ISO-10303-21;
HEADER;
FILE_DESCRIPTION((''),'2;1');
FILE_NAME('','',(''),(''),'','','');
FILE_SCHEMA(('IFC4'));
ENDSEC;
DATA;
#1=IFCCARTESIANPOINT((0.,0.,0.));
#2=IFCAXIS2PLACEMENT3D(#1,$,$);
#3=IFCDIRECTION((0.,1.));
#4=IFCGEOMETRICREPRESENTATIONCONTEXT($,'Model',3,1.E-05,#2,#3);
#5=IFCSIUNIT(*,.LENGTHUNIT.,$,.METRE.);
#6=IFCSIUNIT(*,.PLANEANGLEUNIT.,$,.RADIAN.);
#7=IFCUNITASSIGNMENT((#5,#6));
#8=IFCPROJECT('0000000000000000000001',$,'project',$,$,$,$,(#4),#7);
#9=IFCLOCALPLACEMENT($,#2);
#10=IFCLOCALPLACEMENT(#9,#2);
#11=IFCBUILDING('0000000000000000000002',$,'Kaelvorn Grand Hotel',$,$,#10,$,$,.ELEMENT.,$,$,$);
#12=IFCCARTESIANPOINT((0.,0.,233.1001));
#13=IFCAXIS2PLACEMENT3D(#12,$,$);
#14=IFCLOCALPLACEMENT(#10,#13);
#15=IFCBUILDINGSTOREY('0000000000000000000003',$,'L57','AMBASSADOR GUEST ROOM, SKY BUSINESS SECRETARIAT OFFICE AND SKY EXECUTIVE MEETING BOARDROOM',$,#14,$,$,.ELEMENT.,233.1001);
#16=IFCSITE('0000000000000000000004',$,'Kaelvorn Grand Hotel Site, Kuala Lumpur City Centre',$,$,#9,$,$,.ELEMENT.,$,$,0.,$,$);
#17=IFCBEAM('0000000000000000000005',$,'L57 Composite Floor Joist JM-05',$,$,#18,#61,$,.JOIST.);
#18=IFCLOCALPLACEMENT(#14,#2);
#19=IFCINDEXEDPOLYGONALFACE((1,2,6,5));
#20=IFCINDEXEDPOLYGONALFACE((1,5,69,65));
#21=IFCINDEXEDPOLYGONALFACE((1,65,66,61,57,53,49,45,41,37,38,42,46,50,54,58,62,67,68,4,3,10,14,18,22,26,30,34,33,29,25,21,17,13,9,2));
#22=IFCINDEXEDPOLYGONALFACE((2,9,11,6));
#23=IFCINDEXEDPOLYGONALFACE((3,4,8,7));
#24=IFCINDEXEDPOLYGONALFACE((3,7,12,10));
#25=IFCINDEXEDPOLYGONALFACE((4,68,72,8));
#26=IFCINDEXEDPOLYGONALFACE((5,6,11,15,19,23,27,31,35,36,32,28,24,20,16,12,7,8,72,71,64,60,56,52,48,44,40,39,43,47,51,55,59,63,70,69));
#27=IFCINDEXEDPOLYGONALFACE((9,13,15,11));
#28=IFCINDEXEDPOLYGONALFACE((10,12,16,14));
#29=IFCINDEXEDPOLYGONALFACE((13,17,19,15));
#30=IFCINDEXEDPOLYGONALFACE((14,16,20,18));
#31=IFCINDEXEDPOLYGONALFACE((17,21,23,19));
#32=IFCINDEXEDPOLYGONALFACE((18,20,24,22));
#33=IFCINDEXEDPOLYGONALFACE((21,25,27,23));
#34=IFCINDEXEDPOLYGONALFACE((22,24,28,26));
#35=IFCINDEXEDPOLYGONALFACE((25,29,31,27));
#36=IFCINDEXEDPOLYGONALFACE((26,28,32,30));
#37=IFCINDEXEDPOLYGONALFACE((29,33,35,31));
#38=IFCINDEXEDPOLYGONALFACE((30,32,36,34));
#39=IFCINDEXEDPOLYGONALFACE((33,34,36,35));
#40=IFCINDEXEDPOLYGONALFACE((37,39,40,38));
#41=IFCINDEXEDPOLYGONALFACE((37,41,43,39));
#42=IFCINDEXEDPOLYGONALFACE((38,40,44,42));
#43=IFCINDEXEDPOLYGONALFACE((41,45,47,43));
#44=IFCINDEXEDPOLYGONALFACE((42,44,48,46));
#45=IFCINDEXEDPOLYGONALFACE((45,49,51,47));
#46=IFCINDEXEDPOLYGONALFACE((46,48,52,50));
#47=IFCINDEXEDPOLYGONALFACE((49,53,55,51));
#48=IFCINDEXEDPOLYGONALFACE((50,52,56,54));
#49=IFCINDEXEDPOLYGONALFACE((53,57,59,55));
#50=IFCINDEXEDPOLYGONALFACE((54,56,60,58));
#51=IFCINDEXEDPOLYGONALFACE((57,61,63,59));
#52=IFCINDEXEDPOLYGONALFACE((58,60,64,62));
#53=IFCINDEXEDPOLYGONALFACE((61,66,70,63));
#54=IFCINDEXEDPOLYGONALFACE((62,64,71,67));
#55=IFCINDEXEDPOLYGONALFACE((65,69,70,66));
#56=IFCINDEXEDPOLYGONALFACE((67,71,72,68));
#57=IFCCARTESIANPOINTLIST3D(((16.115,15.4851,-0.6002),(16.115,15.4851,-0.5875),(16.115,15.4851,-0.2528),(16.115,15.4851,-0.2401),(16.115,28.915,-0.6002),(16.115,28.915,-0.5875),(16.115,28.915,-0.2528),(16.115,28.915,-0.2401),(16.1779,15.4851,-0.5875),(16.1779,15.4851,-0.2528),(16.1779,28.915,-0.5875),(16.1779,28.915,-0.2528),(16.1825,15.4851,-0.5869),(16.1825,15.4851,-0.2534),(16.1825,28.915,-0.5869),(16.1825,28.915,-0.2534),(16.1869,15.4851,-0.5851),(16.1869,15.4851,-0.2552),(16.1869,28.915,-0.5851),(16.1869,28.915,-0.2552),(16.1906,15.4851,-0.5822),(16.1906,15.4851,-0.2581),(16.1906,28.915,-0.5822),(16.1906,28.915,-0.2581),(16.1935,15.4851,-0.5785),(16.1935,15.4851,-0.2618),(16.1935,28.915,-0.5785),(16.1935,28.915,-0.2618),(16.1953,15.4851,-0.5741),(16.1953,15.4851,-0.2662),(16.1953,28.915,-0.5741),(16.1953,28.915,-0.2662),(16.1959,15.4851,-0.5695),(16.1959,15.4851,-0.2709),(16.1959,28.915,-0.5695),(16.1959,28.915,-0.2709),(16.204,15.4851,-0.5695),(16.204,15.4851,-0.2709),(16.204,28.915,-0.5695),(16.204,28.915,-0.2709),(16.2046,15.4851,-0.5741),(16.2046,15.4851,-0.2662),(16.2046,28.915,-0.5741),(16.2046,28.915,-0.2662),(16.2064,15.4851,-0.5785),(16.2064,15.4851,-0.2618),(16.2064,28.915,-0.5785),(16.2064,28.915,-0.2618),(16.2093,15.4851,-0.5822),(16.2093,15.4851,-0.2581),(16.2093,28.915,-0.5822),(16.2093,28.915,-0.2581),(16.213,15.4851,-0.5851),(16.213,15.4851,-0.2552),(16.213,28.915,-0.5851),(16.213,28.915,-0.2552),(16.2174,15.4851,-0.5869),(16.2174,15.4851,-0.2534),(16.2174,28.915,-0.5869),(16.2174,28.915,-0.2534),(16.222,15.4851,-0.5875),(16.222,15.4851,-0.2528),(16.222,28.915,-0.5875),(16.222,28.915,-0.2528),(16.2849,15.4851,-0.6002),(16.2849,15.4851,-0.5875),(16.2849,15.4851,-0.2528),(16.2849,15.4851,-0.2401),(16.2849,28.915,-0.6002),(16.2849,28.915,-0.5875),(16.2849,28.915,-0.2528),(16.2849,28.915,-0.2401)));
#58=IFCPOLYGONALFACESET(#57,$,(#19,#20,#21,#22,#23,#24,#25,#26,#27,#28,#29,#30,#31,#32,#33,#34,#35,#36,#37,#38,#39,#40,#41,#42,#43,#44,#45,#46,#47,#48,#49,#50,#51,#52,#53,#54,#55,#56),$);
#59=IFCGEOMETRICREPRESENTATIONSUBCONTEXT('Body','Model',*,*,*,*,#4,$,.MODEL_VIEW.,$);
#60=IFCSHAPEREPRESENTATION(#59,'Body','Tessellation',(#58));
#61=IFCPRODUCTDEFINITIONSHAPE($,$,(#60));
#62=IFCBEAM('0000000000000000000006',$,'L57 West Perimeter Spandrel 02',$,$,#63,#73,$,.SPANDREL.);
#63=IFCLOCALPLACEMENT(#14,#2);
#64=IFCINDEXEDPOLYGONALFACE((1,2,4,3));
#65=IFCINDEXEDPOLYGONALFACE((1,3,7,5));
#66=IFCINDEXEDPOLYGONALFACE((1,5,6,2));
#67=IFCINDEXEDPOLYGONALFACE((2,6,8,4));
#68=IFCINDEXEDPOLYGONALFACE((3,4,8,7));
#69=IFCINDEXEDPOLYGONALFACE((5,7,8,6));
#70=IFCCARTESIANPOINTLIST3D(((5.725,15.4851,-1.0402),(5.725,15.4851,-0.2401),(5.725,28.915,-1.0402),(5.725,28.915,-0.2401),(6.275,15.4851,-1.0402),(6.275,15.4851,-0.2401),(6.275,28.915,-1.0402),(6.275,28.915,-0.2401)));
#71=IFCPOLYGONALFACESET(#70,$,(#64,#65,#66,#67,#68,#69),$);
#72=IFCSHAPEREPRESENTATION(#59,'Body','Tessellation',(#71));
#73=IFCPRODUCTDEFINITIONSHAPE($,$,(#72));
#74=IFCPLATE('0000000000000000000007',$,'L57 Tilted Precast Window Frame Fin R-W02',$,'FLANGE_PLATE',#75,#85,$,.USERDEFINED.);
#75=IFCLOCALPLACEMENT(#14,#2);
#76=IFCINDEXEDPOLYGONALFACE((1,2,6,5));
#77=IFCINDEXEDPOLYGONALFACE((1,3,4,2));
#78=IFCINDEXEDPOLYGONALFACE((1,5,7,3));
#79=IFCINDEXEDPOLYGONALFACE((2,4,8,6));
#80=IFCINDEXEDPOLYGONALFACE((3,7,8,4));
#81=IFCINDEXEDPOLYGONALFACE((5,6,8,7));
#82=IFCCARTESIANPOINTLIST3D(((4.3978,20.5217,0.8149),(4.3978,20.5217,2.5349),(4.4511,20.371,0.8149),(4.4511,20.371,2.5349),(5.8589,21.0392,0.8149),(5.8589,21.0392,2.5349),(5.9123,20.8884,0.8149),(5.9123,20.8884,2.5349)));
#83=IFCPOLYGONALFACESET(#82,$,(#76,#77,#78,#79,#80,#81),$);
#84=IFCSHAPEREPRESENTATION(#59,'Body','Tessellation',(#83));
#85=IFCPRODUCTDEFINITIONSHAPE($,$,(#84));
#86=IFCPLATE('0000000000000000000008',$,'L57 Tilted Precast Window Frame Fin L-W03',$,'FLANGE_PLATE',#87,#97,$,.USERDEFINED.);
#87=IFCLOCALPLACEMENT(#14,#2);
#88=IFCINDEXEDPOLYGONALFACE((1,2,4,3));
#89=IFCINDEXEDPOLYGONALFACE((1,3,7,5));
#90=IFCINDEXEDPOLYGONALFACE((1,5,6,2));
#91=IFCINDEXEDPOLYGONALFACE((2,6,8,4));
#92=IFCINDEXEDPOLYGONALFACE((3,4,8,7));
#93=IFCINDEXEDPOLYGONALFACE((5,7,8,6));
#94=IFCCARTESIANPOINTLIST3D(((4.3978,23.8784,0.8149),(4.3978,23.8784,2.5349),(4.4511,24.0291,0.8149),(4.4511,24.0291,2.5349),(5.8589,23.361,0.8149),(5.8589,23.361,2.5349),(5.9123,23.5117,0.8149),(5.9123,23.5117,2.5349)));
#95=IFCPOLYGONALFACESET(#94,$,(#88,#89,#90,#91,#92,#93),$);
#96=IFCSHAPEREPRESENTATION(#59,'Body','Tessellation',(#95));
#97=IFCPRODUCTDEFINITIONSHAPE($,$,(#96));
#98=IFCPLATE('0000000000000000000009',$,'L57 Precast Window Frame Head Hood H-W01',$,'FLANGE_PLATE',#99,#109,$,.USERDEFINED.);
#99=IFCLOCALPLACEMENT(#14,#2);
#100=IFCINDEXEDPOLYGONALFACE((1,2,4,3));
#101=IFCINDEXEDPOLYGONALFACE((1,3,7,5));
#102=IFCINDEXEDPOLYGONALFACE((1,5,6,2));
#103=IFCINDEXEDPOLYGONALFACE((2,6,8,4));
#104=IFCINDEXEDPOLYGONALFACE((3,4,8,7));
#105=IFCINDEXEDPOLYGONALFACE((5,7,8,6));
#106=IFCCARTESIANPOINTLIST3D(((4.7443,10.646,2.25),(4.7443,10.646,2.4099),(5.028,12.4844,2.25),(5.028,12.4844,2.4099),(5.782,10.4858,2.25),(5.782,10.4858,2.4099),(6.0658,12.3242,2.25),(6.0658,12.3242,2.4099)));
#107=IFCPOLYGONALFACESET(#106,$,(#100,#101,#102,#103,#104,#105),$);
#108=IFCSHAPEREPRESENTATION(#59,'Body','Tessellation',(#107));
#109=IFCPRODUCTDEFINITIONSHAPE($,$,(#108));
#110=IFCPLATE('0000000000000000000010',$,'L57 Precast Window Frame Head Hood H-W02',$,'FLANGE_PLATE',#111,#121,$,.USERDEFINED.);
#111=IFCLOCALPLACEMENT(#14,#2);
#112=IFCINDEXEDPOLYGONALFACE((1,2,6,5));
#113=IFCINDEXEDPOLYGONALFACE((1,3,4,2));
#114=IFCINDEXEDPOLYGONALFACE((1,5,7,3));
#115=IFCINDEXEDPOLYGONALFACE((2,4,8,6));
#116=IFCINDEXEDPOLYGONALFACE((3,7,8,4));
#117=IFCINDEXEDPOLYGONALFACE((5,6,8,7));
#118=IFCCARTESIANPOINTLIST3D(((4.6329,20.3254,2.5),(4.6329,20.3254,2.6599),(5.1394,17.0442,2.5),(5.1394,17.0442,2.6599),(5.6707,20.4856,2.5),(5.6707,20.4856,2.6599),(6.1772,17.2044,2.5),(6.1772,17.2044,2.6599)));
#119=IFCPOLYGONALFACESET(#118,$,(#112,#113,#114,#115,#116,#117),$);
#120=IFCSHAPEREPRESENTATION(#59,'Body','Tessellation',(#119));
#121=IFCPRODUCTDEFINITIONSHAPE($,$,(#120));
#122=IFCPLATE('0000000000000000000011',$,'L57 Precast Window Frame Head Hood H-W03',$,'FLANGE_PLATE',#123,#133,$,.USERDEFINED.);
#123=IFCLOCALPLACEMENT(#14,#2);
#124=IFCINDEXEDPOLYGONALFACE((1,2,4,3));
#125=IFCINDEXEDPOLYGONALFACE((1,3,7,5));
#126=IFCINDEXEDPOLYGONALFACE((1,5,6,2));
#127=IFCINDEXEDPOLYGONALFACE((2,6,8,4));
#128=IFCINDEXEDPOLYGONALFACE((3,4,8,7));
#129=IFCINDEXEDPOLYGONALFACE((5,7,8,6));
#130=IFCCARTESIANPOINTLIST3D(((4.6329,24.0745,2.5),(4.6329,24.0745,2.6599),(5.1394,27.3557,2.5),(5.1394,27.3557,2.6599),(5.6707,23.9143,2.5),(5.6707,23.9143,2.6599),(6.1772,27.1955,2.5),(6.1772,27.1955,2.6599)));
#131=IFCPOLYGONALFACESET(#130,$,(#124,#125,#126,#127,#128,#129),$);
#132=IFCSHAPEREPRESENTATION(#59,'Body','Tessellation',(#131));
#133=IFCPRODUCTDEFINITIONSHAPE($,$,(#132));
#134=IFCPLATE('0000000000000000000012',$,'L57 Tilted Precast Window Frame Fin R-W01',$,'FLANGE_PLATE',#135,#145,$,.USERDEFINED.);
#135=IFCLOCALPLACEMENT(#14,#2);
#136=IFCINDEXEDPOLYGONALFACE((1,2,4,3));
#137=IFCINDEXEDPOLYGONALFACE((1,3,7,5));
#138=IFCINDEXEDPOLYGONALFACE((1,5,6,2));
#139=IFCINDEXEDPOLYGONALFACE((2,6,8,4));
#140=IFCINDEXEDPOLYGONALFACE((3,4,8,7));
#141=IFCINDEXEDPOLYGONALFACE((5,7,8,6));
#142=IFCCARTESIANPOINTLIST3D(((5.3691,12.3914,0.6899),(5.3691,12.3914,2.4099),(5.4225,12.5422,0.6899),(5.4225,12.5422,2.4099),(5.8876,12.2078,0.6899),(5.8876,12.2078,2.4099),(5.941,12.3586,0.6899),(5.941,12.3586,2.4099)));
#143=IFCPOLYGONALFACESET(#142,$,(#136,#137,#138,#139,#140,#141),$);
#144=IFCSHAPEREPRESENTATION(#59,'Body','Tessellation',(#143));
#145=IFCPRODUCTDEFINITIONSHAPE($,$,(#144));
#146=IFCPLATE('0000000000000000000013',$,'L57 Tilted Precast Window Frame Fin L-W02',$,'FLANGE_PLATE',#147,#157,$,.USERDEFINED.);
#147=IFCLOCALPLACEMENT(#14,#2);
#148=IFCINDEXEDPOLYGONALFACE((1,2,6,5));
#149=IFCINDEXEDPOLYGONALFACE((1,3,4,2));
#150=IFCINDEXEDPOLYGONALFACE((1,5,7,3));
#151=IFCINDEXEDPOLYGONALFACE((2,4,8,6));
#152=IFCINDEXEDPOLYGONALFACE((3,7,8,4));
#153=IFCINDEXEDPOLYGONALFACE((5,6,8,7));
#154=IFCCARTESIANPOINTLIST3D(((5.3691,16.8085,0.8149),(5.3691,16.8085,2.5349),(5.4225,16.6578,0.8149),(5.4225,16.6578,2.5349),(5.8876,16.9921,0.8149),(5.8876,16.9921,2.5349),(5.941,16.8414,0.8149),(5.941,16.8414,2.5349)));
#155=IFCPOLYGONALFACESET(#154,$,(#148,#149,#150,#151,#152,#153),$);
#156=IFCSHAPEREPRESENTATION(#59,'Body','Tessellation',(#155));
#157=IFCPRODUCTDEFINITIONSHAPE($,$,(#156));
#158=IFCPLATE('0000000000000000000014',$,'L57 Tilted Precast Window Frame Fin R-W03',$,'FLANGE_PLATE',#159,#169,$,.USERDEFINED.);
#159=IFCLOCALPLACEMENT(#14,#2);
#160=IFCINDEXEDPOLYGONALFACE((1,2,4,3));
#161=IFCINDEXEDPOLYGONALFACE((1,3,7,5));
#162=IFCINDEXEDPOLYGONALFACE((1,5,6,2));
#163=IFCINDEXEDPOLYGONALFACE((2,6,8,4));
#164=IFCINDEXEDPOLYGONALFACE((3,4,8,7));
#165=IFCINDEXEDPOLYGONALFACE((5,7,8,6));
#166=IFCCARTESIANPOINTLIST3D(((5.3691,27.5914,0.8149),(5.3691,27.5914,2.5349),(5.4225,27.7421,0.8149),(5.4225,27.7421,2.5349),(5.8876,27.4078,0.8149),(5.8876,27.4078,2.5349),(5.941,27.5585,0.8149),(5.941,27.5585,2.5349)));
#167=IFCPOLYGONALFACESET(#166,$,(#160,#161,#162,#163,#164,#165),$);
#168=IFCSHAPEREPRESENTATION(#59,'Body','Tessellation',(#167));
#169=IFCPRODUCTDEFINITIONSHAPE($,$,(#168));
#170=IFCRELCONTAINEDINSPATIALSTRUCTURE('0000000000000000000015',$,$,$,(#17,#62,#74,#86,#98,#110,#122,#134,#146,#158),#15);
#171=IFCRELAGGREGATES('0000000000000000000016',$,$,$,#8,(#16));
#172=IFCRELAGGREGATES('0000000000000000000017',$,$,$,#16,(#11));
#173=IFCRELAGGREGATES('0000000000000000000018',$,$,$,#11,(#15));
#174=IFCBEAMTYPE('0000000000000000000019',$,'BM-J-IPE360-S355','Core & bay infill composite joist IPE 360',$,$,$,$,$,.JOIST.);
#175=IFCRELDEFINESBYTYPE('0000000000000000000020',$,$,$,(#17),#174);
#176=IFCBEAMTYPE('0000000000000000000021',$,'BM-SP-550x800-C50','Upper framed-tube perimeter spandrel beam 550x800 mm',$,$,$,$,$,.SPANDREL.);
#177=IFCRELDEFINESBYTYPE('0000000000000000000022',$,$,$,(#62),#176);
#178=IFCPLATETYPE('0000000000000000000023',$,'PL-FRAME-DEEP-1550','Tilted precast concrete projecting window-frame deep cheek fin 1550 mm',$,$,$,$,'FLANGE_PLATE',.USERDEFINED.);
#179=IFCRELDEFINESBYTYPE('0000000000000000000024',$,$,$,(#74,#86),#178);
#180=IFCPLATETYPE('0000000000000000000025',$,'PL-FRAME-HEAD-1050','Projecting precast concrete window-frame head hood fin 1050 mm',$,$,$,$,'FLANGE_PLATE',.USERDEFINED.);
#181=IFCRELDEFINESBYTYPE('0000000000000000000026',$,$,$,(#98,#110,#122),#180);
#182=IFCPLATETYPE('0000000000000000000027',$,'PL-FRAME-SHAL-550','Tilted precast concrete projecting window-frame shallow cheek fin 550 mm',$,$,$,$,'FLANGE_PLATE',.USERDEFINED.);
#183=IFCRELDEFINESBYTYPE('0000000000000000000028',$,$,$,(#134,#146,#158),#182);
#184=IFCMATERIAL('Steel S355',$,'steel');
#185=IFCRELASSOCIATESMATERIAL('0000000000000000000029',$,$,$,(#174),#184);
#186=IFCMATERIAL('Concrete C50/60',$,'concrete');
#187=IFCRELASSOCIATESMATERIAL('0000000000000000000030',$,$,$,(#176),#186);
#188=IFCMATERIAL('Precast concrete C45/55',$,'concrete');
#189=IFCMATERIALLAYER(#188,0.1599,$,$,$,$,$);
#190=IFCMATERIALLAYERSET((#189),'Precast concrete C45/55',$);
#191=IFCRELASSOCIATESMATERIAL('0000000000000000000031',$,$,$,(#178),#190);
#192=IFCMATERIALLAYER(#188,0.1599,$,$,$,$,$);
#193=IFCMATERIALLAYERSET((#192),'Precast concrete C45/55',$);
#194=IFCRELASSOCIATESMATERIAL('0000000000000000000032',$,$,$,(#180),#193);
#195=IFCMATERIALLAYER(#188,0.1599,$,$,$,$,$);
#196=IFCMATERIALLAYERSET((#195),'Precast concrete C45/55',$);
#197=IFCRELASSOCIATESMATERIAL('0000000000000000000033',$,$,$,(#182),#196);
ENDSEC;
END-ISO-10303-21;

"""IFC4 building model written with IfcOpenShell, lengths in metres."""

from ifc_helpers import new_model, si_unit, direction, frame, origin, origin_2d, place, context, subcontext, project, spatial, rectangle, i_section, extrude, material, layer, layer_set, material_profile, profile_set, type_object, element, save


model = new_model("IFC4")

# Units and contexts
model_context = context("Model", 3, precision=1e-05, world=origin(), true_north=direction((0.0, 1.0)))
body_context = subcontext(model_context, "Body", "Model", "MODEL_VIEW")
ifc_project = project(units=[si_unit("LENGTHUNIT", "METRE"), si_unit("PLANEANGLEUNIT", "RADIAN")], contexts=[model_context])

# Site, building, storey
site_placement = place(None, origin())
site = spatial("IfcSite", under=ifc_project, at=site_placement, Name="Kaelvorn Grand Hotel Site, Kuala Lumpur City Centre", CompositionType="ELEMENT", RefElevation=0.0)
building_placement = place(site_placement, origin())
building = spatial("IfcBuilding", under=site, at=building_placement, Name="Kaelvorn Grand Hotel", CompositionType="ELEMENT")
storey_placement = place(building_placement, frame((0.0, 0.0, 233.1001)))
storey = spatial("IfcBuildingStorey", under=building, at=storey_placement, Name="L57", Description="AMBASSADOR GUEST ROOM, SKY BUSINESS SECRETARIAT OFFICE AND SKY EXECUTIVE MEETING BOARDROOM", CompositionType="ELEMENT", Elevation=233.1001)

# Shared definitions
ifc_material_1 = material(Name="Concrete C50/60", Category="concrete")

# Beams
ifc_material_2 = material(Name="Steel S355", Category="steel")
ifc_material_profile_1 = material_profile(ifc_material_2, i_section(OverallWidth=0.1699, OverallDepth=0.3601, WebThickness=0.0081, FlangeThickness=0.0127, FilletRadius=0.0181, at=origin_2d()), Name="IPE 360")
ifc_profile_set_1 = profile_set([ifc_material_profile_1], Name="Steel S355")
beam_type_1 = type_object("IfcBeamType", Name="BM-J-IPE360-S355", Description="Core & bay infill composite joist IPE 360", PredefinedType="JOIST", material=ifc_profile_set_1)
beam_1_placement = place(storey_placement, frame((16.2, 15.4851, -0.4202), z_axis=(0.0, 1.0, 0.0), x_axis=(-1.0, 0.0, 0.0)))
element("IfcBeam", 1, at=beam_1_placement, inside=storey, type_object=beam_type_1, Name="L57 Composite Floor Joist JM-05", PredefinedType="JOIST", context=body_context, shape_type="SweptSolid", body=[
    extrude(i_section(OverallWidth=0.1699, OverallDepth=0.3601, WebThickness=0.0081, FlangeThickness=0.0127, FilletRadius=0.0181, at=origin_2d()), origin(), (0.0, 0.0, 1.0), 13.4299),
])
ifc_material_profile_2 = material_profile(ifc_material_1, rectangle(XDim=0.55, YDim=0.8, at=origin_2d()), Name="RC SPANDREL 550x800")
ifc_profile_set_2 = profile_set([ifc_material_profile_2], Name="Concrete C50/60")
beam_type_2 = type_object("IfcBeamType", Name="BM-SP-550x800-C50", Description="Upper framed-tube perimeter spandrel beam 550x800 mm", PredefinedType="SPANDREL", material=ifc_profile_set_2)
beam_2_placement = place(storey_placement, frame((6.0, 15.4851, -0.6401), z_axis=(0.0, 1.0, 0.0), x_axis=(-1.0, 0.0, 0.0)))
element("IfcBeam", 2, at=beam_2_placement, inside=storey, type_object=beam_type_2, Name="L57 West Perimeter Spandrel 02", PredefinedType="SPANDREL", context=body_context, shape_type="SweptSolid", body=[
    extrude(rectangle(XDim=0.55, YDim=0.8, at=origin_2d()), origin(), (0.0, 0.0, 1.0), 13.4299),
])

# Plates
ifc_material_3 = material(Name="Precast concrete C45/55", Category="concrete")
ifc_layer_1 = layer(ifc_material_3, 0.1599)
ifc_layer_set_1 = layer_set([ifc_layer_1], Name="Precast concrete C45/55")
plate_type_1 = type_object("IfcPlateType", Name="PL-FRAME-DEEP-1550", Description="Tilted precast concrete projecting window-frame deep cheek fin 1550 mm", ElementType="FLANGE_PLATE", PredefinedType="USERDEFINED", material=ifc_layer_set_1)
for number, where, z_axis, x_axis, name in (
    (3, (5.155, 20.7051, 0.8149), (0.0, 0.0, 1.0), (-0.333807, 0.942641, 0.0), "L57 Tilted Precast Window Frame Fin R-W02"),
    (4, (5.155, 23.6951, 0.8149), (0.0, 0.0, 1.0), (0.333807, 0.942641, 0.0), "L57 Tilted Precast Window Frame Fin L-W03"),
):
    element("IfcPlate", number, at=place(storey_placement, frame(where, z_axis=z_axis, x_axis=x_axis)), inside=storey, type_object=plate_type_1, Name=name, ObjectType="FLANGE_PLATE", PredefinedType="USERDEFINED", context=body_context, shape_type="SweptSolid", body=[
        extrude(rectangle(XDim=0.1599, YDim=1.55, at=origin_2d()), origin(), (0.0, 0.0, 1.0), 1.72),
    ])
ifc_layer_2 = layer(ifc_material_3, 0.1599)
ifc_layer_set_2 = layer_set([ifc_layer_2], Name="Precast concrete C45/55")
plate_type_2 = type_object("IfcPlateType", Name="PL-FRAME-HEAD-1050", Description="Projecting precast concrete window-frame head hood fin 1050 mm", ElementType="FLANGE_PLATE", PredefinedType="USERDEFINED", material=ifc_layer_set_2)
plate_placement = place(storey_placement, frame((5.405, 11.4851, 2.25), z_axis=(0.0, 0.0, 1.0), x_axis=(0.152555, 0.988295, 0.0)))
element("IfcPlate", 5, at=plate_placement, inside=storey, type_object=plate_type_2, Name="L57 Precast Window Frame Head Hood H-W01", ObjectType="FLANGE_PLATE", PredefinedType="USERDEFINED", context=body_context, shape_type="SweptSolid", body=[
    extrude(rectangle(XDim=1.8601, YDim=1.05, at=origin_2d()), origin(), (0.0, 0.0, 1.0), 0.1599),
])
for number, where, z_axis, x_axis, name in (
    (6, (5.405, 18.7649, 2.5), (0.0, 0.0, 1.0), (-0.152555, 0.988295, 0.0), "L57 Precast Window Frame Head Hood H-W02"),
    (7, (5.405, 25.635, 2.5), (0.0, 0.0, 1.0), (0.152555, 0.988295, 0.0), "L57 Precast Window Frame Head Hood H-W03"),
):
    element("IfcPlate", number, at=place(storey_placement, frame(where, z_axis=z_axis, x_axis=x_axis)), inside=storey, type_object=plate_type_2, Name=name, ObjectType="FLANGE_PLATE", PredefinedType="USERDEFINED", context=body_context, shape_type="SweptSolid", body=[
        extrude(rectangle(XDim=3.3201, YDim=1.05, at=origin_2d()), origin(), (0.0, 0.0, 1.0), 0.1599),
    ])
ifc_layer_3 = layer(ifc_material_3, 0.1599)
ifc_layer_set_3 = layer_set([ifc_layer_3], Name="Precast concrete C45/55")
plate_type_3 = type_object("IfcPlateType", Name="PL-FRAME-SHAL-550", Description="Tilted precast concrete projecting window-frame shallow cheek fin 550 mm", ElementType="FLANGE_PLATE", PredefinedType="USERDEFINED", material=ifc_layer_set_3)
for number, where, z_axis, x_axis, name in (
    (8, (5.655, 12.375, 0.6899), (0.0, 0.0, 1.0), (0.333807, 0.942641, 0.0), "L57 Tilted Precast Window Frame Fin R-W01"),
    (9, (5.655, 16.825, 0.8149), (0.0, 0.0, 1.0), (-0.333807, 0.942641, 0.0), "L57 Tilted Precast Window Frame Fin L-W02"),
    (10, (5.655, 27.575, 0.8149), (0.0, 0.0, 1.0), (0.333807, 0.942641, 0.0), "L57 Tilted Precast Window Frame Fin R-W03"),
):
    element("IfcPlate", number, at=place(storey_placement, frame(where, z_axis=z_axis, x_axis=x_axis)), inside=storey, type_object=plate_type_3, Name=name, ObjectType="FLANGE_PLATE", PredefinedType="USERDEFINED", context=body_context, shape_type="SweptSolid", body=[
        extrude(rectangle(XDim=0.1599, YDim=0.55, at=origin_2d()), origin(), (0.0, 0.0, 1.0), 1.72),
    ])

save(model, "model.ifc")
